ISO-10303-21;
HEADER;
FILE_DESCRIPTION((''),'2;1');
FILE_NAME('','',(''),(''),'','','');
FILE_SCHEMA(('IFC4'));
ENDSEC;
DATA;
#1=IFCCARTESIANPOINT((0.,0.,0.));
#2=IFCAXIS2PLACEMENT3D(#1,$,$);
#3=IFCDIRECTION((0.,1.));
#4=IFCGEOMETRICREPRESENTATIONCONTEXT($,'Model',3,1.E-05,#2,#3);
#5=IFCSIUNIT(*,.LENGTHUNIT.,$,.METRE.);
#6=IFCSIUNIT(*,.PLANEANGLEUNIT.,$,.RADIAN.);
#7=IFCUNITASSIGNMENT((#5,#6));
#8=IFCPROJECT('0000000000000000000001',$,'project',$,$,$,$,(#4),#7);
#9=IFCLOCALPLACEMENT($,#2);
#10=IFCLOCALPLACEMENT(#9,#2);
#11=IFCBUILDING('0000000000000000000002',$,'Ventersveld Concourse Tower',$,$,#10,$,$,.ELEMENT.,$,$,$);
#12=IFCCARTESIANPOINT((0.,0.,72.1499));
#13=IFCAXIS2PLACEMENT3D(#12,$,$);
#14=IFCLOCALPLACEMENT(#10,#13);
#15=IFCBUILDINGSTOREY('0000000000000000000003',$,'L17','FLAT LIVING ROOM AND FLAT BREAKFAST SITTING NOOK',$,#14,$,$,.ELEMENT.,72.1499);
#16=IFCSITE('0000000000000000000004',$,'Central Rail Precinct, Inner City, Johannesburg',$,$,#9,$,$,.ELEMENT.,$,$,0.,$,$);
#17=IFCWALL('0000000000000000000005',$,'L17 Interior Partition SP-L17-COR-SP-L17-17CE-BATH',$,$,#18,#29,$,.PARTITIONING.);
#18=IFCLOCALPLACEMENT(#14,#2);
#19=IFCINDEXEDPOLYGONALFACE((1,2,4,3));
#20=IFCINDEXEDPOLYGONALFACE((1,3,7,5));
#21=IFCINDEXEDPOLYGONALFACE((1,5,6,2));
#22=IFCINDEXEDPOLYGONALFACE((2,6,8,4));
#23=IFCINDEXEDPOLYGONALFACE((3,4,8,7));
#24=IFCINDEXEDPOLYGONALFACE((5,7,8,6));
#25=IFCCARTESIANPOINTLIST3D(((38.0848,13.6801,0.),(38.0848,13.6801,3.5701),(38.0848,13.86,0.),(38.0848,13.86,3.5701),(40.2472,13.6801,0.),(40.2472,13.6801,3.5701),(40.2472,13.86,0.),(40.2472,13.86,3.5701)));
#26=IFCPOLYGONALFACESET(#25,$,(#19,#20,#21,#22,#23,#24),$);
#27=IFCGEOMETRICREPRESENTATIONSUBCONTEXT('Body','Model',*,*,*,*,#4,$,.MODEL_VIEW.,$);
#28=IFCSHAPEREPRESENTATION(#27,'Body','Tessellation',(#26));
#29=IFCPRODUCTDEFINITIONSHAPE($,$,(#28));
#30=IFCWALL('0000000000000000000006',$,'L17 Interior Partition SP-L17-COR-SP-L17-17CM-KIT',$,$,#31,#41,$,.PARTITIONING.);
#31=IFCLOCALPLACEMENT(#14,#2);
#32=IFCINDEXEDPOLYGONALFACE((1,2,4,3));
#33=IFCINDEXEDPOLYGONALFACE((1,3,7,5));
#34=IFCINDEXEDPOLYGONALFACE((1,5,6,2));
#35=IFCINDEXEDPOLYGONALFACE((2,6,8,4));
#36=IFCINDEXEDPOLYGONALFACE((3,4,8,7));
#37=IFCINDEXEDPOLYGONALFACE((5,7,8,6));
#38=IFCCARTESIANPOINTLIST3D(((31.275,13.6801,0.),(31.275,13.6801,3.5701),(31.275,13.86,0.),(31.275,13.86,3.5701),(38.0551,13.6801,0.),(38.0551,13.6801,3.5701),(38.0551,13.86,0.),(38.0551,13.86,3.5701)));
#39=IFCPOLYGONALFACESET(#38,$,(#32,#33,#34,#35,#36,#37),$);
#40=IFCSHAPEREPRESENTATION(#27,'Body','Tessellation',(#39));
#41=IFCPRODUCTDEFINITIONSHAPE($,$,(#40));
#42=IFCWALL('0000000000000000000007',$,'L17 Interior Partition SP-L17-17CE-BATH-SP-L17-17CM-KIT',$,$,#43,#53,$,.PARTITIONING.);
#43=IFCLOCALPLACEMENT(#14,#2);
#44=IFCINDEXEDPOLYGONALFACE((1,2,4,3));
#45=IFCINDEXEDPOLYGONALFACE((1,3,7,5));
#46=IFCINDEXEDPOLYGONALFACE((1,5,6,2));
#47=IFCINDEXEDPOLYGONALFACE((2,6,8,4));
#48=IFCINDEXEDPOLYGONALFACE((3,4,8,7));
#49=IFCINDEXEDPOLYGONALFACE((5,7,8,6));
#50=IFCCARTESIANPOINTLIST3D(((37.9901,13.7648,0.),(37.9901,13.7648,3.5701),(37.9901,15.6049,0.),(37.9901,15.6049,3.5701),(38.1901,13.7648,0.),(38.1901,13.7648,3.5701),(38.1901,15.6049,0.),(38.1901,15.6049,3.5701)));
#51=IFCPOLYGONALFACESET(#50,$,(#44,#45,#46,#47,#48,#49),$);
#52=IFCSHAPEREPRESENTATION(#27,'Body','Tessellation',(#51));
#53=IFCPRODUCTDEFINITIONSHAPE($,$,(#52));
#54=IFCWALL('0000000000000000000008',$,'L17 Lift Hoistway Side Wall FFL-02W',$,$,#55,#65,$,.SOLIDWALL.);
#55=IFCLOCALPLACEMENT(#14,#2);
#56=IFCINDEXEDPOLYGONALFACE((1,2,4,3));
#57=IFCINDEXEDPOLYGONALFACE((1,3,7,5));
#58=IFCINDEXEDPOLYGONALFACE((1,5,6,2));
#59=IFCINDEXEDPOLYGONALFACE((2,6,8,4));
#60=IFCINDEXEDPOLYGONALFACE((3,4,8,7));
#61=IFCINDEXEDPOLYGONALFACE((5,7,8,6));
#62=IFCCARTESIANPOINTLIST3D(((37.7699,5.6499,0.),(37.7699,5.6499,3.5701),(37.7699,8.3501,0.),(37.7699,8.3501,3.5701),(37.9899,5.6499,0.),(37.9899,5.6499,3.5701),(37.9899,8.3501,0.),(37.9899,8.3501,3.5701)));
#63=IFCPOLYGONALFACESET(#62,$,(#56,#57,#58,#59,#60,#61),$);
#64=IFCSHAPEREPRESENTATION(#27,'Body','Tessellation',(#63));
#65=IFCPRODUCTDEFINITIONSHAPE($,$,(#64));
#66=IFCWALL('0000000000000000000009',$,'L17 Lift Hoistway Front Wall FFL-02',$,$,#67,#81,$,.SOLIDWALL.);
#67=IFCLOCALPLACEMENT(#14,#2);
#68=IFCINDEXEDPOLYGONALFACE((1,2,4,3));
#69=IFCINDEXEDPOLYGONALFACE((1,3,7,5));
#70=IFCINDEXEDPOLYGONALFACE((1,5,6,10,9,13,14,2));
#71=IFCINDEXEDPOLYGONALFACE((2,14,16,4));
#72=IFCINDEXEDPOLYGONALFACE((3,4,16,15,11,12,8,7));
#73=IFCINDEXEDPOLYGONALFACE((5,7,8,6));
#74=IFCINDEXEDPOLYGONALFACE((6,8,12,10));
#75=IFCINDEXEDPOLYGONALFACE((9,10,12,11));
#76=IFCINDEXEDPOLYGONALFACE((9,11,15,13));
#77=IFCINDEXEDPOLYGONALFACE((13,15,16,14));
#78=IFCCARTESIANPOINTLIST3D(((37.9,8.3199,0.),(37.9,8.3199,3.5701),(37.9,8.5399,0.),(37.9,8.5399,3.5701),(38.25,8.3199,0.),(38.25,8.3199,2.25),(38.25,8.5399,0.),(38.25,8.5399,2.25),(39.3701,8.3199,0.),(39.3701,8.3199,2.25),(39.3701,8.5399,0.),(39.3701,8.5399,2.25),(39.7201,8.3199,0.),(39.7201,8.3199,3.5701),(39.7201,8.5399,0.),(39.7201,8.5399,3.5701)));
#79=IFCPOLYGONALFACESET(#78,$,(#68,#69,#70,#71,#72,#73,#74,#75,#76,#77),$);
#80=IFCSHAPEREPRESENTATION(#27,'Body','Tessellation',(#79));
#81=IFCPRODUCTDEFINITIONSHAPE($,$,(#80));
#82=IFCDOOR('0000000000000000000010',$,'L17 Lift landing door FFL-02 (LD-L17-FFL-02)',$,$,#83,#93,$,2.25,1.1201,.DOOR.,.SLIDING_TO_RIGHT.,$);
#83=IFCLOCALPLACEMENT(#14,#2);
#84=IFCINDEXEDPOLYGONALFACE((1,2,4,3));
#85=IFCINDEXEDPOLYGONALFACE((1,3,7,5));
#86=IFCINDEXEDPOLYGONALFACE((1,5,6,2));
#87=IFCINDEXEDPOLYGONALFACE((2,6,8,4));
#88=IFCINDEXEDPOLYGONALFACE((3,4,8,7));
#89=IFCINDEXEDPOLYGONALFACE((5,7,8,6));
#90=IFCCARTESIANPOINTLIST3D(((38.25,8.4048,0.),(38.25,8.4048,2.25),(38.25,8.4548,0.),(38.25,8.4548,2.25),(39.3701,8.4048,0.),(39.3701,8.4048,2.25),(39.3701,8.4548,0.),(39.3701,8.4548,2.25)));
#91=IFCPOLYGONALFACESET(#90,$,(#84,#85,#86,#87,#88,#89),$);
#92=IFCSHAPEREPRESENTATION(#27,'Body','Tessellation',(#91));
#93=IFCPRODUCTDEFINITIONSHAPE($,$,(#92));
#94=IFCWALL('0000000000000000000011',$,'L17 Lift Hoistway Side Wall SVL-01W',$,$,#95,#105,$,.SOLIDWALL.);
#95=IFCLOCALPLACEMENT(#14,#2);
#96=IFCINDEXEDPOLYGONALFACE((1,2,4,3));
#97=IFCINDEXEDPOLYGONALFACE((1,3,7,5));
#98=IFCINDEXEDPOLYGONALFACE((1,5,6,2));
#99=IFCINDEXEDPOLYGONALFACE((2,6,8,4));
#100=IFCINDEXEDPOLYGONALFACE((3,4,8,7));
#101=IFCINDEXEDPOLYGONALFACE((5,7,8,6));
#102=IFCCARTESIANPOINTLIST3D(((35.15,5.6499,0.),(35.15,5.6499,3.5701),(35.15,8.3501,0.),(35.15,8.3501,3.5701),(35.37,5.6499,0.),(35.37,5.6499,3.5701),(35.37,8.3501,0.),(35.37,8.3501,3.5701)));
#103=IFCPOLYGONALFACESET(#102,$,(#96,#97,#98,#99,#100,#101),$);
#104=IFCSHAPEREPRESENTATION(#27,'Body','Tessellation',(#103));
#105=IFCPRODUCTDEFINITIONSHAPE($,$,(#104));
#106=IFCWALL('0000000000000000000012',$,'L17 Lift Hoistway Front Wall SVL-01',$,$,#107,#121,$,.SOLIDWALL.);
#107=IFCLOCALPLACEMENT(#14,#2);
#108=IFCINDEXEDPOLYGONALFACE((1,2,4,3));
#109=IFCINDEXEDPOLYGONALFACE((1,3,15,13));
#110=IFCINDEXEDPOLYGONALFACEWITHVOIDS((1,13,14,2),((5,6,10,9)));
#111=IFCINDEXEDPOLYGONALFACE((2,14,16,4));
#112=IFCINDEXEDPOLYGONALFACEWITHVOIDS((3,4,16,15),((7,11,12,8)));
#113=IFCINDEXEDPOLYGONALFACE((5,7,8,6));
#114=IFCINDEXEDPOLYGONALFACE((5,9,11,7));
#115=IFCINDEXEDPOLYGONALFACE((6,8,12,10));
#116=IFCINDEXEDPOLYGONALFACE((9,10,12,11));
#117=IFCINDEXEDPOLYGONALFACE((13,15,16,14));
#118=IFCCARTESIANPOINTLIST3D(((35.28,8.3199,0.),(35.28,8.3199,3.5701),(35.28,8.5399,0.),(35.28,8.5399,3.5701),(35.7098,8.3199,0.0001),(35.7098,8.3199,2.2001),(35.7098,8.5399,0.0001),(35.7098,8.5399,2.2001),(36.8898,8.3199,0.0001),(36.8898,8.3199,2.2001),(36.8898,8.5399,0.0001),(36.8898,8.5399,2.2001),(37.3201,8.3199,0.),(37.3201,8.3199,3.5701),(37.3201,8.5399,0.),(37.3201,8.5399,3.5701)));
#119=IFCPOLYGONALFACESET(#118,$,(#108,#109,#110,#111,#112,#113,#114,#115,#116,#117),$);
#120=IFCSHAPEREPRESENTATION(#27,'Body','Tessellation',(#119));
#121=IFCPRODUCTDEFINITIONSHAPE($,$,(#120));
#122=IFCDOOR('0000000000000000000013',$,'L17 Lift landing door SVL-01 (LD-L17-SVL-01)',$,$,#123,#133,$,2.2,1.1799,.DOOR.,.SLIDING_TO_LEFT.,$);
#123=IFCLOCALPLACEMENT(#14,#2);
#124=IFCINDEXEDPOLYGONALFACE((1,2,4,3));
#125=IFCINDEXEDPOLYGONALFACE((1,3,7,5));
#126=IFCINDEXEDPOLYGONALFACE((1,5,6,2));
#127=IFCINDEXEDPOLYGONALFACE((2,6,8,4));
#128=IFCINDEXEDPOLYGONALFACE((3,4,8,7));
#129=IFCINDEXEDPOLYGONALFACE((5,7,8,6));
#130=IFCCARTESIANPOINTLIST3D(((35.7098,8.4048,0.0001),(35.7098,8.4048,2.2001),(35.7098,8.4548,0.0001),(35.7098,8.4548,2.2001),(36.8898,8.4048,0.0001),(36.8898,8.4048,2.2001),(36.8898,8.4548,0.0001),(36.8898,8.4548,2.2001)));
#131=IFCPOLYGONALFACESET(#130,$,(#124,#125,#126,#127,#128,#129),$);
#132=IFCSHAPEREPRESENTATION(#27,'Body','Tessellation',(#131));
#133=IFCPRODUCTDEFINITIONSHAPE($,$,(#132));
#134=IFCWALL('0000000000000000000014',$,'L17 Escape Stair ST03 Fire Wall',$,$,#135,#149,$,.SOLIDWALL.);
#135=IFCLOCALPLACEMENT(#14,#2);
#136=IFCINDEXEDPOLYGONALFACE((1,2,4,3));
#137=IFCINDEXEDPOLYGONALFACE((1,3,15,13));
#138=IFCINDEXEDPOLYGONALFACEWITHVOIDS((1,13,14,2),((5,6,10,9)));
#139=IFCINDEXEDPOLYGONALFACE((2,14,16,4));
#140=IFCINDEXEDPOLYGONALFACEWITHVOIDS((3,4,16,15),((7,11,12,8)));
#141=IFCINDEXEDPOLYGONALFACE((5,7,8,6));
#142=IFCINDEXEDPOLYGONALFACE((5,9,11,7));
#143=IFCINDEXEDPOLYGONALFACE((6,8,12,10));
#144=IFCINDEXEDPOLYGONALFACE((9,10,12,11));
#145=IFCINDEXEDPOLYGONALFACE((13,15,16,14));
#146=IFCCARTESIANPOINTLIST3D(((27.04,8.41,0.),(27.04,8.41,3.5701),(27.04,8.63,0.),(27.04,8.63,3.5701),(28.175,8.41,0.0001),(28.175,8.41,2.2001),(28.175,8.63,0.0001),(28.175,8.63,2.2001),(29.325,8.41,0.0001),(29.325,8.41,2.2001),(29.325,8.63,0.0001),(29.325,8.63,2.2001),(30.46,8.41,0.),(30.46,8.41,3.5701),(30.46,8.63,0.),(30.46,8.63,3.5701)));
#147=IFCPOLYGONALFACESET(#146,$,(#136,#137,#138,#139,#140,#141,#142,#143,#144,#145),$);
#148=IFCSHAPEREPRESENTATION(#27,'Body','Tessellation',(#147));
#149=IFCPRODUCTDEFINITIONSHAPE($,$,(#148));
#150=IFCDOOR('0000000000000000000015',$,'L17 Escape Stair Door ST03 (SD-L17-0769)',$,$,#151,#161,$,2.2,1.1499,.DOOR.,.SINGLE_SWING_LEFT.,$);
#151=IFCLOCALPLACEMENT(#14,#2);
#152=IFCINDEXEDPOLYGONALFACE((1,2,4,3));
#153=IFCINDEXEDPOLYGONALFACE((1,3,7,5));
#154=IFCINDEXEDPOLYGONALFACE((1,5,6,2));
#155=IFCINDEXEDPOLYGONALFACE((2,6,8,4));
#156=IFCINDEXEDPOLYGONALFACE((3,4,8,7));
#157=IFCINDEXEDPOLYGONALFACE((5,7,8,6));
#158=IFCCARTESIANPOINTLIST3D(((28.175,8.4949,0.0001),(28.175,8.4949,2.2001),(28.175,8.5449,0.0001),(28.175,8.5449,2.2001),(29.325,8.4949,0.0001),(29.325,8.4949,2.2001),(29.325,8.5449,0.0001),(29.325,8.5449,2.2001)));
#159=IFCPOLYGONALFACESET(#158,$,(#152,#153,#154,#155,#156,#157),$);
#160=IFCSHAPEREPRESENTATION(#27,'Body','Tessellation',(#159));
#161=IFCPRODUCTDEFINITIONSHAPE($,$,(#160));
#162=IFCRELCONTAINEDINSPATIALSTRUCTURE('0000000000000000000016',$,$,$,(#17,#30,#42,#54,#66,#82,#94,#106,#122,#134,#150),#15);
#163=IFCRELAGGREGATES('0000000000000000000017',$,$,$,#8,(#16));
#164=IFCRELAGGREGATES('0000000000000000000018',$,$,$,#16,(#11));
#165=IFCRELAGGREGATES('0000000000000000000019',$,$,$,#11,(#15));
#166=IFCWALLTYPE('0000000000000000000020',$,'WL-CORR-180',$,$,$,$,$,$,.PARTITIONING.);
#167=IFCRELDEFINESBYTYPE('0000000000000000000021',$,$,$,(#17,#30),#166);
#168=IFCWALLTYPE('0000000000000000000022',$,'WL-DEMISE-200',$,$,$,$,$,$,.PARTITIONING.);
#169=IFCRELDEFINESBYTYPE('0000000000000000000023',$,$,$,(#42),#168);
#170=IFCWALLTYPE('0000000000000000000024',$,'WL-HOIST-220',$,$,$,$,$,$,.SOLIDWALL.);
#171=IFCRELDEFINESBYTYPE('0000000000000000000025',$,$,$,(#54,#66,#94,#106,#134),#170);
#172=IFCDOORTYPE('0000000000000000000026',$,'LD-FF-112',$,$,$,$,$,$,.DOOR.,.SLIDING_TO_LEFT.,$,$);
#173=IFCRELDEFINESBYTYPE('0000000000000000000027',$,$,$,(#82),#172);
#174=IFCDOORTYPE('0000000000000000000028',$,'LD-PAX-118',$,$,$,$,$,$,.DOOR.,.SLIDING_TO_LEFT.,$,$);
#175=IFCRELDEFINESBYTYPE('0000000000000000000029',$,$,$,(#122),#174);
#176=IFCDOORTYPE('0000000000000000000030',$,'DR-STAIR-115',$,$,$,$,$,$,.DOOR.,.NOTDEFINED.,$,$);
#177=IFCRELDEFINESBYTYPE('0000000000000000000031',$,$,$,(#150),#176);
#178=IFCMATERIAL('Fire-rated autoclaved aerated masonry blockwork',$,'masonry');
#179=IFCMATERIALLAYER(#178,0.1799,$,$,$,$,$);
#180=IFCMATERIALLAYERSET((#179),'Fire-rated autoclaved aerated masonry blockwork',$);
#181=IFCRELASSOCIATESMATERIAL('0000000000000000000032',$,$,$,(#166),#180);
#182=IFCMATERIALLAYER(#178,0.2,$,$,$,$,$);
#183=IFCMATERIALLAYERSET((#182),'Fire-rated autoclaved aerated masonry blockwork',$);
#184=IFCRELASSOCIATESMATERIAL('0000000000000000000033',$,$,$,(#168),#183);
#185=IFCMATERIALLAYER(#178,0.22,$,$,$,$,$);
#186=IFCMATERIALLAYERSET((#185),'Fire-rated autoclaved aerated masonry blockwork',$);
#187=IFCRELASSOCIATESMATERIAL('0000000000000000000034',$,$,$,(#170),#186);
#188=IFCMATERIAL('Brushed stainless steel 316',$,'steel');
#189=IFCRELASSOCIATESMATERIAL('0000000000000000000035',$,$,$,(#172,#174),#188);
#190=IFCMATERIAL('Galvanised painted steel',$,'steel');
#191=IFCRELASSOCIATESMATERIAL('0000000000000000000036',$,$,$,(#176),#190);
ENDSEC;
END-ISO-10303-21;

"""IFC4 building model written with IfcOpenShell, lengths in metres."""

from ifc_helpers import new_model, si_unit, direction, frame, frame_2d, origin, place, context, subcontext, project, spatial, rectangle, extrude, material, layer, layer_set, type_object, element, fill, save


model = new_model("IFC4")

# Units and contexts
model_context = context("Model", 3, precision=1e-05, world=origin(), true_north=direction((0.0, 1.0)))
body_context = subcontext(model_context, "Body", "Model", "MODEL_VIEW")
ifc_project = project(units=[si_unit("LENGTHUNIT", "METRE"), si_unit("PLANEANGLEUNIT", "RADIAN")], contexts=[model_context])

# Site, building, storey
site_placement = place(None, origin())
site = spatial("IfcSite", under=ifc_project, at=site_placement, Name="Central Rail Precinct, Inner City, Johannesburg", CompositionType="ELEMENT", RefElevation=0.0)
building_placement = place(site_placement, origin())
building = spatial("IfcBuilding", under=site, at=building_placement, Name="Ventersveld Concourse Tower", CompositionType="ELEMENT")
storey_placement = place(building_placement, frame((0.0, 0.0, 72.1499)))
storey = spatial("IfcBuildingStorey", under=building, at=storey_placement, Name="L17", Description="FLAT LIVING ROOM AND FLAT BREAKFAST SITTING NOOK", CompositionType="ELEMENT", Elevation=72.1499)

# Shared definitions
ifc_material_1 = material(Name="Fire-rated autoclaved aerated masonry blockwork", Category="masonry")
ifc_layer_1 = layer(ifc_material_1, 0.1799)
ifc_layer_set_1 = layer_set([ifc_layer_1], Name="Fire-rated autoclaved aerated masonry blockwork")
wall_type_1 = type_object("IfcWallType", Name="WL-CORR-180", PredefinedType="PARTITIONING", material=ifc_layer_set_1)

# Shared definitions
ifc_material_2 = material(Name="Galvanised painted steel", Category="steel")

# Walls
wall_1_placement = place(storey_placement, frame((38.085, 13.77, 0.0), z_axis=(0.0, 0.0, 1.0), x_axis=(1.0, 0.0, 0.0)))
element("IfcWall", 1, at=wall_1_placement, inside=storey, type_object=wall_type_1, Name="L17 Interior Partition SP-L17-COR-SP-L17-17CE-BATH", PredefinedType="PARTITIONING", context=body_context, shape_type="SweptSolid", body=[
    extrude(rectangle(XDim=2.1624, YDim=0.1799, at=frame_2d((1.0811, 0.0))), origin(), (0.0, 0.0, 1.0), 3.5701),
])
wall_2_placement = place(storey_placement, frame((31.2749, 13.77, 0.0), z_axis=(0.0, 0.0, 1.0), x_axis=(1.0, 0.0, 0.0)))
element("IfcWall", 2, at=wall_2_placement, inside=storey, type_object=wall_type_1, Name="L17 Interior Partition SP-L17-COR-SP-L17-17CM-KIT", PredefinedType="PARTITIONING", context=body_context, shape_type="SweptSolid", body=[
    extrude(rectangle(XDim=6.78, YDim=0.1799, at=frame_2d((3.3901, 0.0))), origin(), (0.0, 0.0, 1.0), 3.5701),
])
ifc_layer_2 = layer(ifc_material_1, 0.2)
ifc_layer_set_2 = layer_set([ifc_layer_2], Name="Fire-rated autoclaved aerated masonry blockwork")
wall_type_2 = type_object("IfcWallType", Name="WL-DEMISE-200", PredefinedType="PARTITIONING", material=ifc_layer_set_2)
wall_3_placement = place(storey_placement, frame((38.0901, 13.7649, 0.0), z_axis=(0.0, 0.0, 1.0), x_axis=(0.0, 1.0, 0.0)))
element("IfcWall", 3, at=wall_3_placement, inside=storey, type_object=wall_type_2, Name="L17 Interior Partition SP-L17-17CE-BATH-SP-L17-17CM-KIT", PredefinedType="PARTITIONING", context=body_context, shape_type="SweptSolid", body=[
    extrude(rectangle(XDim=1.8401, YDim=0.2, at=frame_2d((0.9199, 0.0))), origin(), (0.0, 0.0, 1.0), 3.5701),
])
ifc_layer_3 = layer(ifc_material_1, 0.22)
ifc_layer_set_3 = layer_set([ifc_layer_3], Name="Fire-rated autoclaved aerated masonry blockwork")
wall_type_3 = type_object("IfcWallType", Name="WL-HOIST-220", PredefinedType="SOLIDWALL", material=ifc_layer_set_3)
wall_4_placement = place(storey_placement, frame((37.8799, 5.6499, 0.0), z_axis=(0.0, 0.0, 1.0), x_axis=(0.0, 1.0, 0.0)))
element("IfcWall", 4, at=wall_4_placement, inside=storey, type_object=wall_type_3, Name="L17 Lift Hoistway Side Wall FFL-02W", PredefinedType="SOLIDWALL", context=body_context, shape_type="SweptSolid", body=[
    extrude(rectangle(XDim=2.7002, YDim=0.22, at=frame_2d((1.3501, 0.0))), origin(), (0.0, 0.0, 1.0), 3.5701),
])

# Wall, opening, door
wall_5_placement = place(storey_placement, frame((37.8999, 8.4299, 0.0), z_axis=(0.0, 0.0, 1.0), x_axis=(1.0, 0.0, 0.0)))
wall_5 = element("IfcWall", 5, at=wall_5_placement, inside=storey, type_object=wall_type_3, Name="L17 Lift Hoistway Front Wall FFL-02", PredefinedType="SOLIDWALL", context=body_context, shape_type="SweptSolid", body=[
    extrude(rectangle(XDim=1.8201, YDim=0.22, at=frame_2d((0.9102, 0.0))), origin(), (0.0, 0.0, 1.0), 3.5701),
])
opening_1_placement = place(wall_5_placement, frame((0.3501, 0.0, 0.0)))
opening_1 = element("IfcOpeningElement", 6, at=opening_1_placement, cuts=wall_5, PredefinedType="OPENING", context=body_context, shape_type="SweptSolid", body=[
    extrude(rectangle(XDim=1.1201, YDim=2.25, at=frame_2d((0.5601, 1.125))), frame((0.0, 0.1201, 0.0), z_axis=(0.0, -1.0, 0.0), x_axis=(1.0, 0.0, 0.0)), (0.0, 0.0, 1.0), 0.24),
])
ifc_material_3 = material(Name="Brushed stainless steel 316", Category="steel")
door_type_1 = type_object("IfcDoorType", Name="LD-FF-112", OperationType="SLIDING_TO_LEFT", PredefinedType="DOOR", material=ifc_material_3)
door_1_placement = place(opening_1_placement, origin())
door_1 = element("IfcDoor", 7, at=door_1_placement, inside=storey, type_object=door_type_1, Name="L17 Lift landing door FFL-02 (LD-L17-FFL-02)", OperationType="SLIDING_TO_RIGHT", OverallHeight=2.25, OverallWidth=1.1201, PredefinedType="DOOR", context=body_context, shape_type="SweptSolid", body=[
    extrude(rectangle(XDim=1.1201, YDim=2.25, at=frame_2d((0.5601, 1.125))), frame((0.0, 0.0249, 0.0), z_axis=(0.0, -1.0, 0.0), x_axis=(1.0, 0.0, 0.0)), (0.0, 0.0, 1.0), 0.05),
])
fill(opening_1, door_1)

# Wall
wall_6_placement = place(storey_placement, frame((35.26, 5.6499, 0.0), z_axis=(0.0, 0.0, 1.0), x_axis=(0.0, 1.0, 0.0)))
element("IfcWall", 8, at=wall_6_placement, inside=storey, type_object=wall_type_3, Name="L17 Lift Hoistway Side Wall SVL-01W", PredefinedType="SOLIDWALL", context=body_context, shape_type="SweptSolid", body=[
    extrude(rectangle(XDim=2.7002, YDim=0.22, at=frame_2d((1.3501, 0.0))), origin(), (0.0, 0.0, 1.0), 3.5701),
])

# Walls, openings, doors
wall_7_placement = place(storey_placement, frame((35.28, 8.4299, 0.0), z_axis=(0.0, 0.0, 1.0), x_axis=(1.0, 0.0, 0.0)))
wall_7 = element("IfcWall", 9, at=wall_7_placement, inside=storey, type_object=wall_type_3, Name="L17 Lift Hoistway Front Wall SVL-01", PredefinedType="SOLIDWALL", context=body_context, shape_type="SweptSolid", body=[
    extrude(rectangle(XDim=2.04, YDim=0.22, at=frame_2d((1.02, 0.0))), origin(), (0.0, 0.0, 1.0), 3.5701),
])
opening_2_placement = place(wall_7_placement, frame((0.4299, 0.0, 0.0)))
opening_2 = element("IfcOpeningElement", 10, at=opening_2_placement, cuts=wall_7, PredefinedType="OPENING", context=body_context, shape_type="SweptSolid", body=[
    extrude(rectangle(XDim=1.1799, YDim=2.2, at=frame_2d((0.5898, 1.1001))), frame((0.0, 0.1201, 0.0), z_axis=(0.0, -1.0, 0.0), x_axis=(1.0, 0.0, 0.0)), (0.0, 0.0, 1.0), 0.24),
])
door_type_2 = type_object("IfcDoorType", Name="LD-PAX-118", OperationType="SLIDING_TO_LEFT", PredefinedType="DOOR", material=ifc_material_3)
door_2_placement = place(opening_2_placement, origin())
door_2 = element("IfcDoor", 11, at=door_2_placement, inside=storey, type_object=door_type_2, Name="L17 Lift landing door SVL-01 (LD-L17-SVL-01)", OperationType="SLIDING_TO_LEFT", OverallHeight=2.2, OverallWidth=1.1799, PredefinedType="DOOR", context=body_context, shape_type="SweptSolid", body=[
    extrude(rectangle(XDim=1.1799, YDim=2.2, at=frame_2d((0.5898, 1.1001))), frame((0.0, 0.0249, 0.0), z_axis=(0.0, -1.0, 0.0), x_axis=(1.0, 0.0, 0.0)), (0.0, 0.0, 1.0), 0.05),
])
fill(opening_2, door_2)
wall_8_placement = place(storey_placement, frame((27.04, 8.52, 0.0), z_axis=(0.0, 0.0, 1.0), x_axis=(1.0, 0.0, 0.0)))
wall_8 = element("IfcWall", 12, at=wall_8_placement, inside=storey, type_object=wall_type_3, Name="L17 Escape Stair ST03 Fire Wall", PredefinedType="SOLIDWALL", context=body_context, shape_type="SweptSolid", body=[
    extrude(rectangle(XDim=3.4199, YDim=0.22, at=frame_2d((1.71, 0.0))), origin(), (0.0, 0.0, 1.0), 3.5701),
])
opening_3_placement = place(wall_8_placement, frame((1.135, 0.0, 0.0)))
opening_3 = element("IfcOpeningElement", 13, at=opening_3_placement, cuts=wall_8, PredefinedType="OPENING", context=body_context, shape_type="SweptSolid", body=[
    extrude(rectangle(XDim=1.1499, YDim=2.2, at=frame_2d((0.575, 1.1001))), frame((0.0, 0.1201, 0.0), z_axis=(0.0, -1.0, 0.0), x_axis=(1.0, 0.0, 0.0)), (0.0, 0.0, 1.0), 0.24),
])
door_type_3 = type_object("IfcDoorType", Name="DR-STAIR-115", OperationType="NOTDEFINED", PredefinedType="DOOR", material=ifc_material_2)
door_3_placement = place(opening_3_placement, origin())
door_3 = element("IfcDoor", 14, at=door_3_placement, inside=storey, type_object=door_type_3, Name="L17 Escape Stair Door ST03 (SD-L17-0769)", OperationType="SINGLE_SWING_LEFT", OverallHeight=2.2, OverallWidth=1.1499, PredefinedType="DOOR", context=body_context, shape_type="SweptSolid", body=[
    extrude(rectangle(XDim=1.1499, YDim=2.2, at=frame_2d((0.575, 1.1001))), frame((0.0, 0.0249, 0.0), z_axis=(0.0, -1.0, 0.0), x_axis=(1.0, 0.0, 0.0)), (0.0, 0.0, 1.0), 0.05),
])
fill(opening_3, door_3)

save(model, "model.ifc")
